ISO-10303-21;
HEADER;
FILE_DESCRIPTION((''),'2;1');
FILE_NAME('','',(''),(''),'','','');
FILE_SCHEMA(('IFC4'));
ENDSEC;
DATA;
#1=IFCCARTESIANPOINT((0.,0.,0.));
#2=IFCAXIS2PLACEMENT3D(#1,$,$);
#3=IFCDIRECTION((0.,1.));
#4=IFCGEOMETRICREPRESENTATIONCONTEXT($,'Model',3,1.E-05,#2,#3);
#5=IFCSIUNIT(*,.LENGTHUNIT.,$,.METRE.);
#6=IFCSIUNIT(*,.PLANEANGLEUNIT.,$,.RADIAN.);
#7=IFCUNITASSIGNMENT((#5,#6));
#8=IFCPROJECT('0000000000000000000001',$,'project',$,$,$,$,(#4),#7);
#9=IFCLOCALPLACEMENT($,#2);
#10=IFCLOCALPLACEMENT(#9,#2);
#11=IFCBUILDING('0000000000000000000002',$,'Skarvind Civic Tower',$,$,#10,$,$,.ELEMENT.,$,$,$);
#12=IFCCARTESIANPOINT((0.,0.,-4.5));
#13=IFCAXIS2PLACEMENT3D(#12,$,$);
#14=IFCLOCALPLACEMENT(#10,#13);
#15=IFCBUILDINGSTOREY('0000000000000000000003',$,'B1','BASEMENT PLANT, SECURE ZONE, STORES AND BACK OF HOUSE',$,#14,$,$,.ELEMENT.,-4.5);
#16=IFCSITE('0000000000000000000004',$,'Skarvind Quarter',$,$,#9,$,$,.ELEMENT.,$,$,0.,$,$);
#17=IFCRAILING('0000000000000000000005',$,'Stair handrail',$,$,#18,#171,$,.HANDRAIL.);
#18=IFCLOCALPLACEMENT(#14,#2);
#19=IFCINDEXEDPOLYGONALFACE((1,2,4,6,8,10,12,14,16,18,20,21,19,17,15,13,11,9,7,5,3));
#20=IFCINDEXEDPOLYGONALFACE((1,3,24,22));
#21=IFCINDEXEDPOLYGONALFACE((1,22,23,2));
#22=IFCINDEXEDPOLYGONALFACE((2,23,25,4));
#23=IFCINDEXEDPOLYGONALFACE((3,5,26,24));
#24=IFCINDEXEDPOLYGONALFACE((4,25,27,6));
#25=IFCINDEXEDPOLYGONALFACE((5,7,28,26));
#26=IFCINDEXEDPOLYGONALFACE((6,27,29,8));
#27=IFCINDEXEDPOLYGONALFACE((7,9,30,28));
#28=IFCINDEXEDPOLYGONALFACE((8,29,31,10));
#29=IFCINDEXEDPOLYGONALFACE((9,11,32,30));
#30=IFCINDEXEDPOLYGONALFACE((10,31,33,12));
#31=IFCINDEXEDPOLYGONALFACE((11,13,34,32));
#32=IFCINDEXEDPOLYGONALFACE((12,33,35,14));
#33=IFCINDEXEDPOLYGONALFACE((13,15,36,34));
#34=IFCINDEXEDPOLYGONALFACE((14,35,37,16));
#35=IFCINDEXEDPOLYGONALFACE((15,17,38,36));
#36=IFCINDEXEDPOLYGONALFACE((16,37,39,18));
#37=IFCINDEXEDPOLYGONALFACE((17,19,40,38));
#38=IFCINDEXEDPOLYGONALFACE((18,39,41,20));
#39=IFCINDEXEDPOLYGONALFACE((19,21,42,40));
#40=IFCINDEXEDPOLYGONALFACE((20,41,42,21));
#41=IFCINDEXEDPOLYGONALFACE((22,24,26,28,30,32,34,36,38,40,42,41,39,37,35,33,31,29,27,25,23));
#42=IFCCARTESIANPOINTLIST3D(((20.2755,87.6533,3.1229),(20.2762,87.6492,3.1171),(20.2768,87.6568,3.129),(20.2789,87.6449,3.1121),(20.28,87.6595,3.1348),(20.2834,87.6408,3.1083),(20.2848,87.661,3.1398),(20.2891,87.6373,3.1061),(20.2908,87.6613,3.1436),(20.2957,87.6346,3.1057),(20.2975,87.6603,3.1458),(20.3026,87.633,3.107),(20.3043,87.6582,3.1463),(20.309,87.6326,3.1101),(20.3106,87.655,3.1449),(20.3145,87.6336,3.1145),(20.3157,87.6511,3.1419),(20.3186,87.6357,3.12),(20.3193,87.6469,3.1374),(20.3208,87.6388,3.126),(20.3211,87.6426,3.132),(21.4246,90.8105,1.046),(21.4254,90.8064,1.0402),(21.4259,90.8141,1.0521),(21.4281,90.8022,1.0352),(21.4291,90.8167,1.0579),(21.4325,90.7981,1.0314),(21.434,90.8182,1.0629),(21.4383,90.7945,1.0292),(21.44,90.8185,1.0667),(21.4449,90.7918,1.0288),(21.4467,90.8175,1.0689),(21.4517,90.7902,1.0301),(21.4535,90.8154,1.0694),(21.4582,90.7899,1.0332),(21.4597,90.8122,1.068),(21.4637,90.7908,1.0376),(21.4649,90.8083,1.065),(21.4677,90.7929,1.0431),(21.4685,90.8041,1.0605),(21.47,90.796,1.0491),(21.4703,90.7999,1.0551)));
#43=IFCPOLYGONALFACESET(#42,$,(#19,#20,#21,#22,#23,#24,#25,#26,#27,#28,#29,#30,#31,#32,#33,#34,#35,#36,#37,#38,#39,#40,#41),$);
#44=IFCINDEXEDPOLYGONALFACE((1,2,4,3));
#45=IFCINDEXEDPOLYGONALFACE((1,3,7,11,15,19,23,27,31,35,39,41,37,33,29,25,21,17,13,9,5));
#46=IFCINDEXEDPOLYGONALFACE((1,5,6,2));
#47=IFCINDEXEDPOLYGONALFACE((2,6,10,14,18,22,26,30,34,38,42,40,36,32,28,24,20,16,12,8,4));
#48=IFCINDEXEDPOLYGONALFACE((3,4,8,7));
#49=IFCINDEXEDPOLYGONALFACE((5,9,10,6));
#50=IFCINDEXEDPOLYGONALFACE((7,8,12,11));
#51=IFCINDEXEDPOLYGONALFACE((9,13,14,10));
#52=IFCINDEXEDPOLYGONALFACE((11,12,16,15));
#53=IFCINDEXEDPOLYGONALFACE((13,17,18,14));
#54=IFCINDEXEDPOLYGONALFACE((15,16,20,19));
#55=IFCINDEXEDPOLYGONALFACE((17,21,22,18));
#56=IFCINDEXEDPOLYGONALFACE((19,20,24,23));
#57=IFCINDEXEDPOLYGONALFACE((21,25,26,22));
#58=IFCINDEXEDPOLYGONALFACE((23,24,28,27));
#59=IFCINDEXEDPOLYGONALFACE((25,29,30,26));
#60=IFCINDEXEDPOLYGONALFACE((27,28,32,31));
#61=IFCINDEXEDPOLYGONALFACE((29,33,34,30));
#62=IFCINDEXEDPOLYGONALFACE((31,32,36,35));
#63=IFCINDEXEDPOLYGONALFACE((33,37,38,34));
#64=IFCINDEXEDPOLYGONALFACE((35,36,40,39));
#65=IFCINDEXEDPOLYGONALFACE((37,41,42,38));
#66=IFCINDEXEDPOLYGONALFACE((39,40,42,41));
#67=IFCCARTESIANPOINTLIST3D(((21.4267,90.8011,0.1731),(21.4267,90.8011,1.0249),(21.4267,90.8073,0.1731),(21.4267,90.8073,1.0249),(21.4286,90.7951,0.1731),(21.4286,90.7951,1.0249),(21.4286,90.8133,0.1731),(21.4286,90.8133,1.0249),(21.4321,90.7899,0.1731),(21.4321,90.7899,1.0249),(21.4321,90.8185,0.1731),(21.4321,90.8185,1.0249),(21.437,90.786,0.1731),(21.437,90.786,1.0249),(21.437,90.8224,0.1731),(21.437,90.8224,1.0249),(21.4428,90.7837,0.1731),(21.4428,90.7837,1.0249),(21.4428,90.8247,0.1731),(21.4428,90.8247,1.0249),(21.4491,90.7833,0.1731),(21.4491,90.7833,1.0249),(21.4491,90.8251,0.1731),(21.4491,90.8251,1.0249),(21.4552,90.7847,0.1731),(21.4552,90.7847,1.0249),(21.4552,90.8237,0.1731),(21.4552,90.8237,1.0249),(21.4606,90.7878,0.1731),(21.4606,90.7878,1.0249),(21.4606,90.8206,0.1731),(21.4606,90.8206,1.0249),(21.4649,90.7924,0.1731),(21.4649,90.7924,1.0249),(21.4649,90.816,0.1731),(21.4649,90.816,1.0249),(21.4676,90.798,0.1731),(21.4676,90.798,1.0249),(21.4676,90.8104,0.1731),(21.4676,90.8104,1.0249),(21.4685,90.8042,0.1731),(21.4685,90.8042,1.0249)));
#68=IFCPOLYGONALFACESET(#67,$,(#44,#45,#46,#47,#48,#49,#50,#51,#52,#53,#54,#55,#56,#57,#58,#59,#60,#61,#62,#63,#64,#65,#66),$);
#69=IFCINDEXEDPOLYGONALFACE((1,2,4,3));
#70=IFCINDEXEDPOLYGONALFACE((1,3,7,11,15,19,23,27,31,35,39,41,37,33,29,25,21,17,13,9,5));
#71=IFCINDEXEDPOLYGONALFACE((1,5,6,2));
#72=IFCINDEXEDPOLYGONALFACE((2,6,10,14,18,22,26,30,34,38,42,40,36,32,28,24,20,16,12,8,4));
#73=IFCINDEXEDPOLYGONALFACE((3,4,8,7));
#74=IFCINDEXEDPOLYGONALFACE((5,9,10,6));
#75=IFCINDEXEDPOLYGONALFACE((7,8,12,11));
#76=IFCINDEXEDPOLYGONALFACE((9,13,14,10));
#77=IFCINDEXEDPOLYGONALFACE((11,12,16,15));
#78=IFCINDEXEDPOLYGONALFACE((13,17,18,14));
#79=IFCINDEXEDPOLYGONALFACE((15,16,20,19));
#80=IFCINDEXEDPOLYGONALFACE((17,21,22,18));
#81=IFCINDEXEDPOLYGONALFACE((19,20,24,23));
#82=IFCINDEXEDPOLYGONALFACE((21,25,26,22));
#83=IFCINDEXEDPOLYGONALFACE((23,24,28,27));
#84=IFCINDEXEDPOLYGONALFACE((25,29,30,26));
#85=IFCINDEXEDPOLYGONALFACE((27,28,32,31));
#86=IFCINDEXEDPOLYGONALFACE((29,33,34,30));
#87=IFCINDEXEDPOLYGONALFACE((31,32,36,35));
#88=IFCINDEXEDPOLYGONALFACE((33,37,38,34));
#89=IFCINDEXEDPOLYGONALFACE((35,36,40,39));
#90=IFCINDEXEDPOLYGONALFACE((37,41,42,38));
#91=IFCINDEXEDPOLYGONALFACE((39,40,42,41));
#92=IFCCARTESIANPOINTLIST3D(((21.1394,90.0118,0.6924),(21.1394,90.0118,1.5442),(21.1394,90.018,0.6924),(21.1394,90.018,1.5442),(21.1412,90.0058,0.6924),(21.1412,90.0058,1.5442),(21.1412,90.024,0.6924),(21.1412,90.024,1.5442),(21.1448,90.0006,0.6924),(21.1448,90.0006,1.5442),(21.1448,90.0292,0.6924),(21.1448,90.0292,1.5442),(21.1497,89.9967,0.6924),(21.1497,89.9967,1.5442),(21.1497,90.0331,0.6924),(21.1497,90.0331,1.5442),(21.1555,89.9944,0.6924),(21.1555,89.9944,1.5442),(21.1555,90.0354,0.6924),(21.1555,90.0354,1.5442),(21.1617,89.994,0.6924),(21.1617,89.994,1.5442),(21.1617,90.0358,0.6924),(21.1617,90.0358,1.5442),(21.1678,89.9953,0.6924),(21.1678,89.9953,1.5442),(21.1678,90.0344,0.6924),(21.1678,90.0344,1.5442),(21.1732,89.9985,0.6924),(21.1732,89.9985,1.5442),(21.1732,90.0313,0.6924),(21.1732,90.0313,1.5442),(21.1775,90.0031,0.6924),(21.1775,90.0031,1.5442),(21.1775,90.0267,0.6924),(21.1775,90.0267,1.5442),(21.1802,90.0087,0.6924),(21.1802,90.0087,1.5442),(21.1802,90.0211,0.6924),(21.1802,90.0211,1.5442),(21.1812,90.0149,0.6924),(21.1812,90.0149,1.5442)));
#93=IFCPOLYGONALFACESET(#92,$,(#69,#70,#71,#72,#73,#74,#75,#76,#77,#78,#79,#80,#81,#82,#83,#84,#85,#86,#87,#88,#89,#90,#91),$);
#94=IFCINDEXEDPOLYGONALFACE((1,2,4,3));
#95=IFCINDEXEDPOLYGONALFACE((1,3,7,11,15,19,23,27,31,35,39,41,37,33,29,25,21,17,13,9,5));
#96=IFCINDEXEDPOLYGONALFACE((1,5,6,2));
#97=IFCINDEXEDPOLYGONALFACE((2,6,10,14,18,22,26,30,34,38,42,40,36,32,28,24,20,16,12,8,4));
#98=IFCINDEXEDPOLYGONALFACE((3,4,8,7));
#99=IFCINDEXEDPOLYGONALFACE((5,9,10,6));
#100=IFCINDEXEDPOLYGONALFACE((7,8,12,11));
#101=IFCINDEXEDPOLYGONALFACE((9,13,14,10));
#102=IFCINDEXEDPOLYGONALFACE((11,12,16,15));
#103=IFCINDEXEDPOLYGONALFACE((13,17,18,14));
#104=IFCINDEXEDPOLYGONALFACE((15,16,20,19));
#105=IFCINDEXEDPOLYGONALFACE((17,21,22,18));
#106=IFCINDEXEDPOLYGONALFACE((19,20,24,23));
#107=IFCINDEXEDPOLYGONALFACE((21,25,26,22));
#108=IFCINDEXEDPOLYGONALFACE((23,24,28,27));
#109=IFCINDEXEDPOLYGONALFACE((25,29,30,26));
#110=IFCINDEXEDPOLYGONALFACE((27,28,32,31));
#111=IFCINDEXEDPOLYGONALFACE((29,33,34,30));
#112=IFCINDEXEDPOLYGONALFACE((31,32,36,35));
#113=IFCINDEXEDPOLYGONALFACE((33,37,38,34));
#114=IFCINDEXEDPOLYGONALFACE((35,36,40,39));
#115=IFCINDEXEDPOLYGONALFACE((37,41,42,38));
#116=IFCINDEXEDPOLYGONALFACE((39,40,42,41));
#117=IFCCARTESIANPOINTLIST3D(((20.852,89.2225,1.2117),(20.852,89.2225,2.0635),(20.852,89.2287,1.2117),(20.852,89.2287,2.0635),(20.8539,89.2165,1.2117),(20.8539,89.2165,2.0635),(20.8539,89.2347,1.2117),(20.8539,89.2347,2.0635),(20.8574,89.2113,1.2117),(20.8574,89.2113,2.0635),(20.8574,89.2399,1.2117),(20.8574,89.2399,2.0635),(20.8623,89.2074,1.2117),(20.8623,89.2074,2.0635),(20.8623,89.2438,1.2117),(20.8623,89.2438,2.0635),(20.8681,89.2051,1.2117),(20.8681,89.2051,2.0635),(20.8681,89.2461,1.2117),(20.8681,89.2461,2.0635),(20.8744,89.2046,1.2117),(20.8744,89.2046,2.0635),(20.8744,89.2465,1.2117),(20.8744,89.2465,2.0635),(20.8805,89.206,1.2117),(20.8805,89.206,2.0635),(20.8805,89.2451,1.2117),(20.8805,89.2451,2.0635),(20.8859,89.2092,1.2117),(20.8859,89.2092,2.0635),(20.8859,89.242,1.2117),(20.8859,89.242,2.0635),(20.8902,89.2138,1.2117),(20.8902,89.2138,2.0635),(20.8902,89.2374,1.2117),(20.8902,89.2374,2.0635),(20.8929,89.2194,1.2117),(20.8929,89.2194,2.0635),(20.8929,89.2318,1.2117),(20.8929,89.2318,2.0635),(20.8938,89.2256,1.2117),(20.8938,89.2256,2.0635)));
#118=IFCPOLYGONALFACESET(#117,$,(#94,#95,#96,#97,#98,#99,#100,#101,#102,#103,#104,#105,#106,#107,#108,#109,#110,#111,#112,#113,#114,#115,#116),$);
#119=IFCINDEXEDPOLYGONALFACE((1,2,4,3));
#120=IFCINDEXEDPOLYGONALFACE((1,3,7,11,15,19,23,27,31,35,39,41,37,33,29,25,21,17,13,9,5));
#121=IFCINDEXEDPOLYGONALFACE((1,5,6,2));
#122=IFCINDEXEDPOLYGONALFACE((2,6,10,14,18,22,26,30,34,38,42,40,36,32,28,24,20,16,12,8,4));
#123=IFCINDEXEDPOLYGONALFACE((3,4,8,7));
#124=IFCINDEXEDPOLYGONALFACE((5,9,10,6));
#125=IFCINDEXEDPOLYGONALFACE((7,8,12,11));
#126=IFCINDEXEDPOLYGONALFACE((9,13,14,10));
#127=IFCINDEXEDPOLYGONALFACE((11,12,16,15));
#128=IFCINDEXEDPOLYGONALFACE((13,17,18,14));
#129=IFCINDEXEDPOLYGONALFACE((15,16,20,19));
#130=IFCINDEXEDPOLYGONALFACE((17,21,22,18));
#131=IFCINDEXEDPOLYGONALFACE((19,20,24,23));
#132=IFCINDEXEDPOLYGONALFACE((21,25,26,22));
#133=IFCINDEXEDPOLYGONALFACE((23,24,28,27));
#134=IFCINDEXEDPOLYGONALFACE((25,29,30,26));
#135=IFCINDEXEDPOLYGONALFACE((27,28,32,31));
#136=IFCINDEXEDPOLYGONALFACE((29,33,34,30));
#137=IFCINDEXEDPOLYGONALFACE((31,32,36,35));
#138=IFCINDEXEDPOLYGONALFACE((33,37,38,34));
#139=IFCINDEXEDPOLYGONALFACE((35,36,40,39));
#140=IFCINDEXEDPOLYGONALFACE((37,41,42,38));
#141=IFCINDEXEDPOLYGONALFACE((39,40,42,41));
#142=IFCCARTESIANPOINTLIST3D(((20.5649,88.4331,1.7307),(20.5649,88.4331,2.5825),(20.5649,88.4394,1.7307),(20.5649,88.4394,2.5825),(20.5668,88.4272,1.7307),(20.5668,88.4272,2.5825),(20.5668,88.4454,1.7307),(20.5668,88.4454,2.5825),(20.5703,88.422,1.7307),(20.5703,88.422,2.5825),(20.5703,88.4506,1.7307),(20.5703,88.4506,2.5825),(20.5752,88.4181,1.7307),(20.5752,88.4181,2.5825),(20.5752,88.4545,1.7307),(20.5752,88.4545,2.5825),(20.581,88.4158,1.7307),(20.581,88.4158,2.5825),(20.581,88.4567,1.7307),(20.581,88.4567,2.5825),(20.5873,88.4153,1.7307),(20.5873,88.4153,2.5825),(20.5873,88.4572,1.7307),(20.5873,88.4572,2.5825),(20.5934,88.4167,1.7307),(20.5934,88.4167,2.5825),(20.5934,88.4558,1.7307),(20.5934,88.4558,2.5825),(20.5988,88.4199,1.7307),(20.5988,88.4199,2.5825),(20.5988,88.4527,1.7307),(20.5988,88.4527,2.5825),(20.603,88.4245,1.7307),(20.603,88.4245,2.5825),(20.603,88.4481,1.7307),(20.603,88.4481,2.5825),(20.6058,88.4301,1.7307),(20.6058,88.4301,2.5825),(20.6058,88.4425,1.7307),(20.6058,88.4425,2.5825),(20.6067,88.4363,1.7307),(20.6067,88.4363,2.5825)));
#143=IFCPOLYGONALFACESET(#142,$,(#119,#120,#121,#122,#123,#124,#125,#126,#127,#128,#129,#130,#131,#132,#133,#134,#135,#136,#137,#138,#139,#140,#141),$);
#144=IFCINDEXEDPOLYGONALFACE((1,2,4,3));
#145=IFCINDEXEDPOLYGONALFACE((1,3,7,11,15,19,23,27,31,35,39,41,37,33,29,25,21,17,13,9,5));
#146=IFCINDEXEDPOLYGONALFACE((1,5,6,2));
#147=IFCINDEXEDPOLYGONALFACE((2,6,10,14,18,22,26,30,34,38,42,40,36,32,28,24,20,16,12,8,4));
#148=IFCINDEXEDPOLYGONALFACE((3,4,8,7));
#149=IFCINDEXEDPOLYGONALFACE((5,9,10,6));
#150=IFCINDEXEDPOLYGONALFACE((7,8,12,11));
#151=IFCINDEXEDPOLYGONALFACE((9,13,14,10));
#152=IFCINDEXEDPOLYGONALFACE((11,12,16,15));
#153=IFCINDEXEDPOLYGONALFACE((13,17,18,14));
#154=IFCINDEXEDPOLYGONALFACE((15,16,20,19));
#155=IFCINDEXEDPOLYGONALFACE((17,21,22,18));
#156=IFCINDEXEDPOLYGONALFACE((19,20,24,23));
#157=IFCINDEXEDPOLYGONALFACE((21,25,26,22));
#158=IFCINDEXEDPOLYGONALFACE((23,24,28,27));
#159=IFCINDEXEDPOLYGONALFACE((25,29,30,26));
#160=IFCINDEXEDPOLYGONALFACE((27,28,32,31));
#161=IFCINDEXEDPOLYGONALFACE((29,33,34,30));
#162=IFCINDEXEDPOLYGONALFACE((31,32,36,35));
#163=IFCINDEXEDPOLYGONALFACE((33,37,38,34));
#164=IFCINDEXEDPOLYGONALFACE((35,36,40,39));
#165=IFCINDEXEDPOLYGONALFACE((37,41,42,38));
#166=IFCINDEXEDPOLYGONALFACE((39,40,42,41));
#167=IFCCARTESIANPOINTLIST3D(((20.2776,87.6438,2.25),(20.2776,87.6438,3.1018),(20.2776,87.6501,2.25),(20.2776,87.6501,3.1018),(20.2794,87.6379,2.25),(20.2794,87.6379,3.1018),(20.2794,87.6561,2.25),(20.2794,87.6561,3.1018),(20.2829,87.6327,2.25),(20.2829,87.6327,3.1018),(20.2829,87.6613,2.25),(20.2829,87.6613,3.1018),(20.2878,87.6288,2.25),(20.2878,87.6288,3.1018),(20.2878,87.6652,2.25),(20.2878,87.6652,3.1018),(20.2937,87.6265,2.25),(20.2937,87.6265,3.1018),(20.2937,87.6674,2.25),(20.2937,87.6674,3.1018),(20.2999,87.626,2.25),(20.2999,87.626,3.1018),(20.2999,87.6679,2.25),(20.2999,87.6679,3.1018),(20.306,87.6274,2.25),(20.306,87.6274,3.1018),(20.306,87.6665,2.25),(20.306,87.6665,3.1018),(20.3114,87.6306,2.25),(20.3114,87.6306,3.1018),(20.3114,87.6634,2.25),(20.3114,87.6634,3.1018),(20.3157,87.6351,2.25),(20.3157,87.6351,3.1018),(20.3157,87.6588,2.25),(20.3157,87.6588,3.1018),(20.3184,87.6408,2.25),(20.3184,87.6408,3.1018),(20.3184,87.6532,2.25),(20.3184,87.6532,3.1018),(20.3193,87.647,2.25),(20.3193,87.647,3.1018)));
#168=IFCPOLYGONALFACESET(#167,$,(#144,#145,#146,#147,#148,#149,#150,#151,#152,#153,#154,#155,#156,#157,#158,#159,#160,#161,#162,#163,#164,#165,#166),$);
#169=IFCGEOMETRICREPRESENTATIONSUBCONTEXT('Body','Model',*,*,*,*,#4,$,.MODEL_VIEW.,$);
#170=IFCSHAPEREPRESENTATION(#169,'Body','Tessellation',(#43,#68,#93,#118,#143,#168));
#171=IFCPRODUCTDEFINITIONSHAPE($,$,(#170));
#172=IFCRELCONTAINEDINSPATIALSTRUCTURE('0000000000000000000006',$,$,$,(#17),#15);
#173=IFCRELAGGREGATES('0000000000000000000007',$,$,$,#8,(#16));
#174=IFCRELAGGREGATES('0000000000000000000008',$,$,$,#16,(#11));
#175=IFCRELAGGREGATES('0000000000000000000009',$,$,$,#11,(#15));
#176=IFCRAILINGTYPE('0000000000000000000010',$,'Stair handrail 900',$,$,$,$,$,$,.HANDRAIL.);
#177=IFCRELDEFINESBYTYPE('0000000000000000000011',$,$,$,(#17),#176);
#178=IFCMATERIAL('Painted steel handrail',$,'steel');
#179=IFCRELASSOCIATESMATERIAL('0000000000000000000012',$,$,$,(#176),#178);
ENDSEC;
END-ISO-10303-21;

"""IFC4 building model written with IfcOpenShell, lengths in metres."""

from ifc_helpers import new_model, si_unit, direction, frame, origin, origin_2d, place, context, subcontext, project, spatial, circle, extrude, material, type_object, element, save


model = new_model("IFC4")

# Units and contexts
model_context = context("Model", 3, precision=1e-05, world=origin(), true_north=direction((0.0, 1.0)))
body_context = subcontext(model_context, "Body", "Model", "MODEL_VIEW")
ifc_project = project(units=[si_unit("LENGTHUNIT", "METRE"), si_unit("PLANEANGLEUNIT", "RADIAN")], contexts=[model_context])

# Site, building, storey
site_placement = place(None, origin())
site = spatial("IfcSite", under=ifc_project, at=site_placement, Name="Skarvind Quarter", CompositionType="ELEMENT", RefElevation=0.0)
building_placement = place(site_placement, origin())
building = spatial("IfcBuilding", under=site, at=building_placement, Name="Skarvind Civic Tower", CompositionType="ELEMENT")
storey_placement = place(building_placement, frame((0.0, 0.0, -4.5)))
storey = spatial("IfcBuildingStorey", under=building, at=storey_placement, Name="B1", Description="BASEMENT PLANT, SECURE ZONE, STORES AND BACK OF HOUSE", CompositionType="ELEMENT", Elevation=-4.5)

# Railing
ifc_material_1 = material(Name="Painted steel handrail", Category="steel")
railing_type = type_object("IfcRailingType", Name="Stair handrail 900", PredefinedType="HANDRAIL", material=ifc_material_1)
railing_1_placement = place(storey_placement, frame((21.4475, 90.8042, 0.1731)))
element("IfcRailing", 1, at=railing_1_placement, inside=storey, type_object=railing_type, Name="Stair handrail", PredefinedType="HANDRAIL", context=body_context, shape_type="SweptSolid", body=[
    extrude(circle(Radius=0.0239, at=origin_2d()), frame((0.0, 0.0, 0.876), z_axis=(-0.290932, -0.799305, 0.525804), x_axis=(0.939689, -0.342029, 0.0)), (0.0, 0.0, 1.0), 3.95),
    extrude(circle(Radius=0.021, at=origin_2d()), origin(), (0.0, 0.0, 1.0), 0.8518),
    extrude(circle(Radius=0.021, at=origin_2d()), frame((-0.2874, -0.7893, 0.5193)), (0.0, 0.0, 1.0), 0.8518),
    extrude(circle(Radius=0.021, at=origin_2d()), frame((-0.5747, -1.5786, 1.0386)), (0.0, 0.0, 1.0), 0.8518),
    extrude(circle(Radius=0.021, at=origin_2d()), frame((-0.8618, -2.3679, 1.5576)), (0.0, 0.0, 1.0), 0.8518),
    extrude(circle(Radius=0.021, at=origin_2d()), frame((-1.1492, -3.1572, 2.0769)), (0.0, 0.0, 1.0), 0.8518),
])

save(model, "model.ifc")
